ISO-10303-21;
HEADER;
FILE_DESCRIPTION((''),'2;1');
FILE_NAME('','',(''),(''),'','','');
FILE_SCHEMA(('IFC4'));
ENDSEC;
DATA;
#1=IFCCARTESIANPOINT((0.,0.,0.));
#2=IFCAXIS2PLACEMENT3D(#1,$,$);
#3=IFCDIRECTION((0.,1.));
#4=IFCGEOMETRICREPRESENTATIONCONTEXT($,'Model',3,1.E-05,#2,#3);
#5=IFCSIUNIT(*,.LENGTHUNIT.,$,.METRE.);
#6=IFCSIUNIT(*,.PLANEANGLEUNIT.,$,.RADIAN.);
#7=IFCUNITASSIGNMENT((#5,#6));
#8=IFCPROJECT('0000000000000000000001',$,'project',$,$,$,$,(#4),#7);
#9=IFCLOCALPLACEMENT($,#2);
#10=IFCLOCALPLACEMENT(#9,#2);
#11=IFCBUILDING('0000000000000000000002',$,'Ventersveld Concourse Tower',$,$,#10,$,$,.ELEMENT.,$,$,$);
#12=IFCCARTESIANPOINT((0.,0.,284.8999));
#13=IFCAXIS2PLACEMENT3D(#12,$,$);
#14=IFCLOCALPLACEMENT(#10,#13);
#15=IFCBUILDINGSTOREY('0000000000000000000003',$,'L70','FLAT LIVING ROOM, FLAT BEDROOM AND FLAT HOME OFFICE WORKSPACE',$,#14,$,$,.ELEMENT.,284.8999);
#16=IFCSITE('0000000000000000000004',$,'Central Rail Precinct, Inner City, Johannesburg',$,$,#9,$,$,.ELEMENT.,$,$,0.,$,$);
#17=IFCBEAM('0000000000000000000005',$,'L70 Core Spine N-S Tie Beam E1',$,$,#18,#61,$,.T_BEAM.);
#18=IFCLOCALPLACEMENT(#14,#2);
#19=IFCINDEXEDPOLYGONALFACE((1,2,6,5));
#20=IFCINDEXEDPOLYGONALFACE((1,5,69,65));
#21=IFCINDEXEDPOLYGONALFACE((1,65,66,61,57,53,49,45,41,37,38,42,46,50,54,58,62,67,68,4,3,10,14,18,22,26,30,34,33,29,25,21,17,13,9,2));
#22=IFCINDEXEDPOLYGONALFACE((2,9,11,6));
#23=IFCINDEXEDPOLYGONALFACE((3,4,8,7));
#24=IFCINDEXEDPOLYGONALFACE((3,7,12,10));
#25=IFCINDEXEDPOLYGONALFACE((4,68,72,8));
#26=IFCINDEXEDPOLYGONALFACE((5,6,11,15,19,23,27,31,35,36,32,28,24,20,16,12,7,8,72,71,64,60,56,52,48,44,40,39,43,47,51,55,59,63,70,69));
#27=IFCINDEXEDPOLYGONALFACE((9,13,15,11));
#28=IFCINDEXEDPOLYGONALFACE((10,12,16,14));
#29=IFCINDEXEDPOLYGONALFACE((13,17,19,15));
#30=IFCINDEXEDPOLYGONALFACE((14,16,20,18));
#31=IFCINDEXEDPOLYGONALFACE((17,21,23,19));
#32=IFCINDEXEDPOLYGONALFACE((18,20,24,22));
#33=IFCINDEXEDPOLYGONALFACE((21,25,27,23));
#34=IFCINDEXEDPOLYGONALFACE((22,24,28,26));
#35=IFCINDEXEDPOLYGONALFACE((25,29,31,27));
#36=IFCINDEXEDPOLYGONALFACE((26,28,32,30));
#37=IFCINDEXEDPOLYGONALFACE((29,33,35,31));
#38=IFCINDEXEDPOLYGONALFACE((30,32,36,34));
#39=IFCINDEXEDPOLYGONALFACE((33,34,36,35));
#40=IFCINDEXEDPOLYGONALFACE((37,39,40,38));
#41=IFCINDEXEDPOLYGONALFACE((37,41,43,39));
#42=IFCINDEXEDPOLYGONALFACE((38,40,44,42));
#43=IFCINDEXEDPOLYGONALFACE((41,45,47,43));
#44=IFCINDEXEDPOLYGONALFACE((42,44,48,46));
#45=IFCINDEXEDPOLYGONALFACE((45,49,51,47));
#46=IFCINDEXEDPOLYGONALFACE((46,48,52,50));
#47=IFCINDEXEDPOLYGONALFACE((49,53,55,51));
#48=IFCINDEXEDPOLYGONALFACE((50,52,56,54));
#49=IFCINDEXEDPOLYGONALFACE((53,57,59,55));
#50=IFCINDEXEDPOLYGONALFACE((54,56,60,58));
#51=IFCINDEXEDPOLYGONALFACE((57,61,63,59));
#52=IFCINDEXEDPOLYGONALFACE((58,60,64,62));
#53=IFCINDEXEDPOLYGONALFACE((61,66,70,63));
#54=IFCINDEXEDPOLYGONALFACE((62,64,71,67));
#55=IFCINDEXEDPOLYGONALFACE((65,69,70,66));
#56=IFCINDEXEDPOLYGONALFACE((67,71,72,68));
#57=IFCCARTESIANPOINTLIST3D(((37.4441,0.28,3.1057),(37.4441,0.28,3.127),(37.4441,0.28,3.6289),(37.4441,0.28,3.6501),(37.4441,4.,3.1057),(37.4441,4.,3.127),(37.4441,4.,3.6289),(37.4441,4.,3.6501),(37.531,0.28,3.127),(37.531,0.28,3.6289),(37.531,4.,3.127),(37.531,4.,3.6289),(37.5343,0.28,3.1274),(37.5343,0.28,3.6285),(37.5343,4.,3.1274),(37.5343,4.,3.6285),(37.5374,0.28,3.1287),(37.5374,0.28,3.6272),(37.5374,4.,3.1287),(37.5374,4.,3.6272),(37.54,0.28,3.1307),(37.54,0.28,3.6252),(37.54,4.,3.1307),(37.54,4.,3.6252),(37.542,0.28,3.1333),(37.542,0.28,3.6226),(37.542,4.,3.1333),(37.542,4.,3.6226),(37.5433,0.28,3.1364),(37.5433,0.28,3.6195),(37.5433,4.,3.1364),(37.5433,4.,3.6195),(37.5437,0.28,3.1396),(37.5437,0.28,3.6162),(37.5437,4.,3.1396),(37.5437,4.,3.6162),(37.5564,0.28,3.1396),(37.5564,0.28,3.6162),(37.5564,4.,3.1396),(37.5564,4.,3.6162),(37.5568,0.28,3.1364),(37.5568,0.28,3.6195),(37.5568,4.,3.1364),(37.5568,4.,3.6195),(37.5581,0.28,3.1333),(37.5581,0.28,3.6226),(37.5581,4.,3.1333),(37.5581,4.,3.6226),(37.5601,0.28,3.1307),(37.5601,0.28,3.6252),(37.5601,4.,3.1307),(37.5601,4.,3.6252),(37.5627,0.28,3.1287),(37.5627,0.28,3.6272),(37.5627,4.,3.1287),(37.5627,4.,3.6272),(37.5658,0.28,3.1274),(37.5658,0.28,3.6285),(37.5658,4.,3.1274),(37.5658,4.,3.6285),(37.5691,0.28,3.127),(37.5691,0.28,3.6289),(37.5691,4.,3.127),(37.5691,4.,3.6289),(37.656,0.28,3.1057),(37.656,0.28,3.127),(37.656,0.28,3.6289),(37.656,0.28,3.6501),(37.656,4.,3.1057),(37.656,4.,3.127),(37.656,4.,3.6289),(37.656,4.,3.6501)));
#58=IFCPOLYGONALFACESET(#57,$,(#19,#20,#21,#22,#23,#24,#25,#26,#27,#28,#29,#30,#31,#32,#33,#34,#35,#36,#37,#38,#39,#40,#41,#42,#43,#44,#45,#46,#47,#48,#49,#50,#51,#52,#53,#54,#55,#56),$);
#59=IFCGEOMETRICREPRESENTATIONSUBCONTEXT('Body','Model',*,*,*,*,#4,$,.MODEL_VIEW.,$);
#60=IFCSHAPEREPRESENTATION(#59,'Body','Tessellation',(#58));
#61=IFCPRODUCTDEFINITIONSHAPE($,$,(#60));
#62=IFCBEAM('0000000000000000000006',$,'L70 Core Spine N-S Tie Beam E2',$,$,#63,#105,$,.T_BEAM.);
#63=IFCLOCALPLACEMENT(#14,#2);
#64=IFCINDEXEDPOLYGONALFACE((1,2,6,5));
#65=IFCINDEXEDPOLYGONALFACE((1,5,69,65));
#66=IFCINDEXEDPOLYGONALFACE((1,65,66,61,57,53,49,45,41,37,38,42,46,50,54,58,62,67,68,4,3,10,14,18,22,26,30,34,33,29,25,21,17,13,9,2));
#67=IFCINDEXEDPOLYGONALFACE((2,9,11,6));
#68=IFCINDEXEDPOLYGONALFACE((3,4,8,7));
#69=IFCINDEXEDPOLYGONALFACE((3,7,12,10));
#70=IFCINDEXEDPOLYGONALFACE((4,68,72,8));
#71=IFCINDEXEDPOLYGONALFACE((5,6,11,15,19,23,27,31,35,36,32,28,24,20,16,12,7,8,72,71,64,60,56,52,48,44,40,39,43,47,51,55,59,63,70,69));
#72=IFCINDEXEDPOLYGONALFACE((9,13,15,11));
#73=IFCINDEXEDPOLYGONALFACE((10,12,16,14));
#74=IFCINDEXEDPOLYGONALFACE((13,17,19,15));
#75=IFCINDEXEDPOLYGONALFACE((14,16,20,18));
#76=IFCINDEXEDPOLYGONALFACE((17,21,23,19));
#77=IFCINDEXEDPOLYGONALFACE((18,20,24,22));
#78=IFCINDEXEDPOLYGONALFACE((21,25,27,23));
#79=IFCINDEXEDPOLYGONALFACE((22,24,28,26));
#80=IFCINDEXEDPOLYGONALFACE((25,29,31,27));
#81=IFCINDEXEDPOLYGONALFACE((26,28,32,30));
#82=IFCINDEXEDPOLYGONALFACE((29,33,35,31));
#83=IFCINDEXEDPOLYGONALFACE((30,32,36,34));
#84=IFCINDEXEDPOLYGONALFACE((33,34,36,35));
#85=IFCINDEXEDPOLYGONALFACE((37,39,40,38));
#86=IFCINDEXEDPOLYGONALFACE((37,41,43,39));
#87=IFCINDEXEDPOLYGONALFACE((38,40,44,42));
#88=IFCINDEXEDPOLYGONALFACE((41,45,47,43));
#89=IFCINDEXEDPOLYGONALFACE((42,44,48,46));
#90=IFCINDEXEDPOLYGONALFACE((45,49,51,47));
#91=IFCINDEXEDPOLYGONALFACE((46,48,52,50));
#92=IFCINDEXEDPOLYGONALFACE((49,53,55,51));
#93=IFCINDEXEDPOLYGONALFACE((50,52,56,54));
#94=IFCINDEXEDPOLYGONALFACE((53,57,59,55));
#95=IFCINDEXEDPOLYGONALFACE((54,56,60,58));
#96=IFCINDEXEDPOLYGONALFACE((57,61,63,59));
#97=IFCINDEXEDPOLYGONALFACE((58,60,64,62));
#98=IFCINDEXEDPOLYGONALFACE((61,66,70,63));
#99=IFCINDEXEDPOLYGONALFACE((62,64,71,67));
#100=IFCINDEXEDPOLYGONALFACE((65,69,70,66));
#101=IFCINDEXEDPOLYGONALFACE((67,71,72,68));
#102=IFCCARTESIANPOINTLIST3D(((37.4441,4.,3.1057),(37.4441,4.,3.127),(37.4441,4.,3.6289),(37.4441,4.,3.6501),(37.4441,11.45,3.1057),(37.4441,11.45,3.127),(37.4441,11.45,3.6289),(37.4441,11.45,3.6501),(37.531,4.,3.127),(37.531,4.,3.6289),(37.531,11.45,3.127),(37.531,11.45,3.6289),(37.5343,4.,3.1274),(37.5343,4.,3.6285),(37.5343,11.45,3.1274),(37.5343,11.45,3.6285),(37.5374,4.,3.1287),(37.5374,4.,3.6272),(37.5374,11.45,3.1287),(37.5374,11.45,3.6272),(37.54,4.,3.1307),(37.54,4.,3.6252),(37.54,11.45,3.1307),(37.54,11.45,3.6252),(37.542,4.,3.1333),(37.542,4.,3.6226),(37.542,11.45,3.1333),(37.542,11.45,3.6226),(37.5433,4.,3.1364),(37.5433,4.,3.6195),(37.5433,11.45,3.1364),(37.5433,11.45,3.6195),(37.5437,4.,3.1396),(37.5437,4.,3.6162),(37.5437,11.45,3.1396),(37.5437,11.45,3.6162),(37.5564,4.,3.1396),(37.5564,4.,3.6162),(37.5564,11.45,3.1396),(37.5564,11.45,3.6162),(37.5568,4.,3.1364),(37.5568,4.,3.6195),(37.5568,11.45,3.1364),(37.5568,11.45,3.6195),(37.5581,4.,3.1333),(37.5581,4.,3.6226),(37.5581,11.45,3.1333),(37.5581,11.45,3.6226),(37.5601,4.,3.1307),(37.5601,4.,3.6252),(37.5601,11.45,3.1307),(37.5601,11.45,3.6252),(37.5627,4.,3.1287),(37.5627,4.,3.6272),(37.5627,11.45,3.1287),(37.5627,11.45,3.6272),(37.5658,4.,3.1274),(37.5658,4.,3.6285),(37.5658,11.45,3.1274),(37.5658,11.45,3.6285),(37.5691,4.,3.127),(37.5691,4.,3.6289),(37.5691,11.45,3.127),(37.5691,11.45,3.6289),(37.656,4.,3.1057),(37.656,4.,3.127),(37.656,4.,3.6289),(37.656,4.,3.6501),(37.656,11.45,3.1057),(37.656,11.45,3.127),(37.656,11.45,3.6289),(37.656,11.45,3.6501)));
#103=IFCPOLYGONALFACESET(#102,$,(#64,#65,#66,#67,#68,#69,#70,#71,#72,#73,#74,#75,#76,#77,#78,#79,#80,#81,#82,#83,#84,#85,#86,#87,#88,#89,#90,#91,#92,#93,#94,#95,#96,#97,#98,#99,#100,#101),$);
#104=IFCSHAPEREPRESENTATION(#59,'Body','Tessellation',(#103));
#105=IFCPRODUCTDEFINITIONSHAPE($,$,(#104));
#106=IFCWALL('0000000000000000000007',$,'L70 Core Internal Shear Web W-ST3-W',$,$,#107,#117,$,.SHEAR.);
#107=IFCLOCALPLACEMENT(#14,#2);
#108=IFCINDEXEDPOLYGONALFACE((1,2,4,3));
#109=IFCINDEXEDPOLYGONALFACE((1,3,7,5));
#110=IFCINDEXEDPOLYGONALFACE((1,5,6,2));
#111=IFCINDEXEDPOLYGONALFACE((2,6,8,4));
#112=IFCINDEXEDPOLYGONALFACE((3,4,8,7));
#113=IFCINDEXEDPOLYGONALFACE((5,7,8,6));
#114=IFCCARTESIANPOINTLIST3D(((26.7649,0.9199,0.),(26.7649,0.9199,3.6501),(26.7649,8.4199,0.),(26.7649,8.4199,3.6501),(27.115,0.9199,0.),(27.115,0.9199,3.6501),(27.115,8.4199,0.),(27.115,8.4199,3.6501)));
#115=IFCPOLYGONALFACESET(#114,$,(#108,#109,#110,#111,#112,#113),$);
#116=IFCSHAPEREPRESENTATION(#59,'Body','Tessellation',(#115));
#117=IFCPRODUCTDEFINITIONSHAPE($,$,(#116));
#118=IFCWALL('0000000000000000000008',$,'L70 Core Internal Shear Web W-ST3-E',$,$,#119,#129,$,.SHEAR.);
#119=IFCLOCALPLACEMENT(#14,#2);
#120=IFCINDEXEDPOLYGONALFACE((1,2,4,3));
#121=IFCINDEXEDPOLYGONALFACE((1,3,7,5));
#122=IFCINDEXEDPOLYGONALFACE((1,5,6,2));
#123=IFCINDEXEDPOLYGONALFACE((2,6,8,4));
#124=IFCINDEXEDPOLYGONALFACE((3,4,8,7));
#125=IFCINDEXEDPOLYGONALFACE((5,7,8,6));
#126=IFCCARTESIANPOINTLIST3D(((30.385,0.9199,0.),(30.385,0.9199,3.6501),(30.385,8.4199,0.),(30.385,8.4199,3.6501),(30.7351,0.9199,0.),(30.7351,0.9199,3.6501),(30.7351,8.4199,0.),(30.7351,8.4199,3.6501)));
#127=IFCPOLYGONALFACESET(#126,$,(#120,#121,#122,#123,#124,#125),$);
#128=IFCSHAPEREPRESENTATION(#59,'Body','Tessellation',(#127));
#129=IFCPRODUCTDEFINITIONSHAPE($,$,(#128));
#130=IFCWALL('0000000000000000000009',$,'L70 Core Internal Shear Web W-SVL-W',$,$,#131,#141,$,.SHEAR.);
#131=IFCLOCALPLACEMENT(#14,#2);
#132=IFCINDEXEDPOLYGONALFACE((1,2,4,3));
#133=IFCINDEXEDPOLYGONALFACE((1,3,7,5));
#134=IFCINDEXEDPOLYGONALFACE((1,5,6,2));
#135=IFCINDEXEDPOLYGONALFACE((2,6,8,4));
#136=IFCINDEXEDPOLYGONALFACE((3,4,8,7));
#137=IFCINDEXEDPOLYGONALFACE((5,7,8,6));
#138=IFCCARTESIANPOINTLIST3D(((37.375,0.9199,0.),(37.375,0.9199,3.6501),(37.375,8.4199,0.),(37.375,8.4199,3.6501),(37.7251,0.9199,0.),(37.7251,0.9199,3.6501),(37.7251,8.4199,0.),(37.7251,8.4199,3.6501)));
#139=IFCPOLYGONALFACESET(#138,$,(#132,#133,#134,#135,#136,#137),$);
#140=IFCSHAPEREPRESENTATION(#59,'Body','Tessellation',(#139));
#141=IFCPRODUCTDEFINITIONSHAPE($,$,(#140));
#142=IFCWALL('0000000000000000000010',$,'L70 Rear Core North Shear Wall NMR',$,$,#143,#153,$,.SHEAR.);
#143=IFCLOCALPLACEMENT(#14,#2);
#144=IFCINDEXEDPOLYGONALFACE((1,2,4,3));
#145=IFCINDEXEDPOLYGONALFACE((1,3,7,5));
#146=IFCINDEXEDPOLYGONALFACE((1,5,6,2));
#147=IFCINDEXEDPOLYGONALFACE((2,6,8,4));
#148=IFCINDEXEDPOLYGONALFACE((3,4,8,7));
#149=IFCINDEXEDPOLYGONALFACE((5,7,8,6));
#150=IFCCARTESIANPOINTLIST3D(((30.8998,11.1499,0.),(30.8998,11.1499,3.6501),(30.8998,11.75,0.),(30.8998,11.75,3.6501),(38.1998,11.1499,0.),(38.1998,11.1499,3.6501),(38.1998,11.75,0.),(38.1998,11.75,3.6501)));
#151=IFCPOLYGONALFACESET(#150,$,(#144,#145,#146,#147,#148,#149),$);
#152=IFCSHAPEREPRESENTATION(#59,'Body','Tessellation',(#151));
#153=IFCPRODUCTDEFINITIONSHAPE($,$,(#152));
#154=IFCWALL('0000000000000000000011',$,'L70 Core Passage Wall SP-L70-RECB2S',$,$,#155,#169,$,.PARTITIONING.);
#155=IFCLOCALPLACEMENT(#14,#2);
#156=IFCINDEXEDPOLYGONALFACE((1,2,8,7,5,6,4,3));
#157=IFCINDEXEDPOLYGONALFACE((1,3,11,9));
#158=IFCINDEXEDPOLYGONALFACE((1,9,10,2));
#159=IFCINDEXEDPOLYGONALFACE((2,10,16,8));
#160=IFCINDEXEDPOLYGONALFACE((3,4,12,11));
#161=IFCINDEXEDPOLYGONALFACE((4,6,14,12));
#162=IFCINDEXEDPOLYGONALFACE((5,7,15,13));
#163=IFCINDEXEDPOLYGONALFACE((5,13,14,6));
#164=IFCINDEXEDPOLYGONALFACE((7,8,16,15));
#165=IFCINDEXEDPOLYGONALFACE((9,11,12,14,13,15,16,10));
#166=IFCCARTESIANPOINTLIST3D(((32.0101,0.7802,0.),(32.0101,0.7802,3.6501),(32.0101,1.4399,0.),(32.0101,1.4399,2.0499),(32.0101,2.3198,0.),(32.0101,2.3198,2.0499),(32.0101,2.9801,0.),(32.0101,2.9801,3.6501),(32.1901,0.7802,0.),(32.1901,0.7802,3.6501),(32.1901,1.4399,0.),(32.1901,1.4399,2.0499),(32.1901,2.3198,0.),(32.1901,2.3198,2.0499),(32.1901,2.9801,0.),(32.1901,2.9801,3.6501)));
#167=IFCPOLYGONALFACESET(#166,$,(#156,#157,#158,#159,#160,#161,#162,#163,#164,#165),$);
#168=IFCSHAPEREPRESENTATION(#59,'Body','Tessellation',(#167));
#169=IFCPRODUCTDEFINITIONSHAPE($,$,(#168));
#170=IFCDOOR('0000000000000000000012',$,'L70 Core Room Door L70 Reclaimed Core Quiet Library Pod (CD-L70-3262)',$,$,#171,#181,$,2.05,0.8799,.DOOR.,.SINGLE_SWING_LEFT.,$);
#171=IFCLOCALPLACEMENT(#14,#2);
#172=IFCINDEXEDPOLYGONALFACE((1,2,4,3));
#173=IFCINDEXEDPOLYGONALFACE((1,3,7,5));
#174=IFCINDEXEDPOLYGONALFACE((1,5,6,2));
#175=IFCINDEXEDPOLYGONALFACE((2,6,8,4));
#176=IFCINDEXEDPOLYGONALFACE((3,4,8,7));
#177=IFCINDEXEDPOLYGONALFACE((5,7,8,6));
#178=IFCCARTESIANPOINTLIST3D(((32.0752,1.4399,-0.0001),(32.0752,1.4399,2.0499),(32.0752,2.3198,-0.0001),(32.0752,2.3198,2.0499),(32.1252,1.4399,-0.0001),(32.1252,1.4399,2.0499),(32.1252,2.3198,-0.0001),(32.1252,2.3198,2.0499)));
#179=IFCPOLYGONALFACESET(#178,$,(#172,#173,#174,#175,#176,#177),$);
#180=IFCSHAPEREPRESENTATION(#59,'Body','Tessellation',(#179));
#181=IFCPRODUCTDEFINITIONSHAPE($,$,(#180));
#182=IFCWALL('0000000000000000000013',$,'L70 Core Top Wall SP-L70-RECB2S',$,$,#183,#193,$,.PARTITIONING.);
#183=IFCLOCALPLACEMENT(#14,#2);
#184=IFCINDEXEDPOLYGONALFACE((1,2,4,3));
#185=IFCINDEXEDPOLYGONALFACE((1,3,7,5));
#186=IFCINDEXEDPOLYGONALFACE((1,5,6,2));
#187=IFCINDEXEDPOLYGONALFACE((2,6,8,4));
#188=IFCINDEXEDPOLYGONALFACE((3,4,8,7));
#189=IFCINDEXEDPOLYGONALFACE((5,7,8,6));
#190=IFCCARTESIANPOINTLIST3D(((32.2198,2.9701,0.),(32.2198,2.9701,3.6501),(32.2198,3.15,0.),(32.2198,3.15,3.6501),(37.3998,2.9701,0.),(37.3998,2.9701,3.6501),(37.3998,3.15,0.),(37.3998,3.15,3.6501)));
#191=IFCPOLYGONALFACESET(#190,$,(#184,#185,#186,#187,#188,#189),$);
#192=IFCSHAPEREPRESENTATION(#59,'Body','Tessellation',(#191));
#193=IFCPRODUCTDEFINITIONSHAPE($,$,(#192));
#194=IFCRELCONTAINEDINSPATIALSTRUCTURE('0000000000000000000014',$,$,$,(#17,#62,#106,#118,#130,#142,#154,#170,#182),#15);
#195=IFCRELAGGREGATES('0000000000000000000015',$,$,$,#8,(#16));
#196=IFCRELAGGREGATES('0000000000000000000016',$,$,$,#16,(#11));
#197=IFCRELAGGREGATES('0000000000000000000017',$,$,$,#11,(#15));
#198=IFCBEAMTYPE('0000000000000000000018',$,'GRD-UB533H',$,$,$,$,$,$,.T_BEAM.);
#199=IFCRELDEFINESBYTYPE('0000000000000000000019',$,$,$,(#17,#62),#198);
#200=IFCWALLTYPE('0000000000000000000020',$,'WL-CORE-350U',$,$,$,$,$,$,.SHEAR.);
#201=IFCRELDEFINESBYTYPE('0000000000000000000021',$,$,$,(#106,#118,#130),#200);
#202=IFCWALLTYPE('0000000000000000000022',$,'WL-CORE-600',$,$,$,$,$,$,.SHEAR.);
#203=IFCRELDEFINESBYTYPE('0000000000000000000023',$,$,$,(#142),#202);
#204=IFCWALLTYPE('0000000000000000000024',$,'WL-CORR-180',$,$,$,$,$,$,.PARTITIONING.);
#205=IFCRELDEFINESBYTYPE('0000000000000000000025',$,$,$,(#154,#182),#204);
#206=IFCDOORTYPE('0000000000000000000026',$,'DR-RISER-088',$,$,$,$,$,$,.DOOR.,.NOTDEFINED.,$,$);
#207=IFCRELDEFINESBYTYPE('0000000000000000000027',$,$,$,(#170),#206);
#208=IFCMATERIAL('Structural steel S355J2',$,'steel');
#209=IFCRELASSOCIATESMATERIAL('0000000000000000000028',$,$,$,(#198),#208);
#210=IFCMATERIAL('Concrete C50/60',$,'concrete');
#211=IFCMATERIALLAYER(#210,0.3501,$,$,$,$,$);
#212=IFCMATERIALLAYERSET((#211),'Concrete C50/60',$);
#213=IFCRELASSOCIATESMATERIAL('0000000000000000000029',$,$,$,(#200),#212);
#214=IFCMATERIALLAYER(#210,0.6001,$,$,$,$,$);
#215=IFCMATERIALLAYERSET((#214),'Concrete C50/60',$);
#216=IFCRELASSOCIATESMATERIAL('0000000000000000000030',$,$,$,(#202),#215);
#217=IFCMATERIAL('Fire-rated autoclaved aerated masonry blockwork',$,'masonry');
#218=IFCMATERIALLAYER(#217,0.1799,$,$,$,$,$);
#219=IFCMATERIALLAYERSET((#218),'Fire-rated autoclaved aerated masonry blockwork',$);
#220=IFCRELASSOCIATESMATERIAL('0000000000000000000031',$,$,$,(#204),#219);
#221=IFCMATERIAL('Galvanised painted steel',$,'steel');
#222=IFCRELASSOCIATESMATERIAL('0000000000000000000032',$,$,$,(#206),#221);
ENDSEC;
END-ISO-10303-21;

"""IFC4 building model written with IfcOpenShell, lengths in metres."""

from ifc_helpers import new_model, si_unit, direction, frame, frame_2d, origin, origin_2d, place, context, subcontext, project, spatial, rectangle, i_section, extrude, material, layer, layer_set, material_profile, profile_set, type_object, element, fill, save


model = new_model("IFC4")

# Units and contexts
model_context = context("Model", 3, precision=1e-05, world=origin(), true_north=direction((0.0, 1.0)))
body_context = subcontext(model_context, "Body", "Model", "MODEL_VIEW")
ifc_project = project(units=[si_unit("LENGTHUNIT", "METRE"), si_unit("PLANEANGLEUNIT", "RADIAN")], contexts=[model_context])

# Site, building, storey
site_placement = place(None, origin())
site = spatial("IfcSite", under=ifc_project, at=site_placement, Name="Central Rail Precinct, Inner City, Johannesburg", CompositionType="ELEMENT", RefElevation=0.0)
building_placement = place(site_placement, origin())
building = spatial("IfcBuilding", under=site, at=building_placement, Name="Ventersveld Concourse Tower", CompositionType="ELEMENT")
storey_placement = place(building_placement, frame((0.0, 0.0, 284.8999)))
storey = spatial("IfcBuildingStorey", under=building, at=storey_placement, Name="L70", Description="FLAT LIVING ROOM, FLAT BEDROOM AND FLAT HOME OFFICE WORKSPACE", CompositionType="ELEMENT", Elevation=284.8999)

# Shared definitions
ifc_material_1 = material(Name="Concrete C50/60", Category="concrete")

# Beams
ifc_material_2 = material(Name="Structural steel S355J2", Category="steel")
ifc_material_profile_1 = material_profile(ifc_material_2, i_section(OverallWidth=0.2119, OverallDepth=0.5444, WebThickness=0.0127, FlangeThickness=0.0212, FilletRadius=0.0127, at=origin_2d()), Name="UB 533x210x122")
ifc_profile_set_1 = profile_set([ifc_material_profile_1], Name="Structural steel S355J2")
beam_type_1 = type_object("IfcBeamType", Name="GRD-UB533H", PredefinedType="T_BEAM", material=ifc_profile_set_1)
beam_1_placement = place(storey_placement, frame((37.55, 0.28, 3.3779), z_axis=(0.0, 1.0, 0.0), x_axis=(-1.0, 0.0, 0.0)))
element("IfcBeam", 1, at=beam_1_placement, inside=storey, type_object=beam_type_1, Name="L70 Core Spine N-S Tie Beam E1", PredefinedType="T_BEAM", context=body_context, shape_type="SweptSolid", body=[
    extrude(i_section(OverallWidth=0.2119, OverallDepth=0.5444, WebThickness=0.0127, FlangeThickness=0.0212, FilletRadius=0.0127, at=origin_2d()), origin(), (0.0, 0.0, 1.0), 3.72),
])
beam_2_placement = place(storey_placement, frame((37.55, 4.0, 3.3779), z_axis=(0.0, 1.0, 0.0), x_axis=(-1.0, 0.0, 0.0)))
element("IfcBeam", 2, at=beam_2_placement, inside=storey, type_object=beam_type_1, Name="L70 Core Spine N-S Tie Beam E2", PredefinedType="T_BEAM", context=body_context, shape_type="SweptSolid", body=[
    extrude(i_section(OverallWidth=0.2119, OverallDepth=0.5444, WebThickness=0.0127, FlangeThickness=0.0212, FilletRadius=0.0127, at=origin_2d()), origin(), (0.0, 0.0, 1.0), 7.45),
])

# Walls
ifc_layer_1 = layer(ifc_material_1, 0.3501)
ifc_layer_set_1 = layer_set([ifc_layer_1], Name="Concrete C50/60")
wall_type_1 = type_object("IfcWallType", Name="WL-CORE-350U", PredefinedType="SHEAR", material=ifc_layer_set_1)
for number, where, z_axis, x_axis, name in (
    (3, (26.9399, 0.9199, 0.0), (0.0, 0.0, 1.0), (0.0, 1.0, 0.0), "L70 Core Internal Shear Web W-ST3-W"),
    (4, (30.5601, 0.9199, 0.0), (0.0, 0.0, 1.0), (0.0, 1.0, 0.0), "L70 Core Internal Shear Web W-ST3-E"),
    (5, (37.55, 0.9199, 0.0), (0.0, 0.0, 1.0), (0.0, 1.0, 0.0), "L70 Core Internal Shear Web W-SVL-W"),
):
    element("IfcWall", number, at=place(storey_placement, frame(where, z_axis=z_axis, x_axis=x_axis)), inside=storey, type_object=wall_type_1, Name=name, PredefinedType="SHEAR", context=body_context, shape_type="SweptSolid", body=[
        extrude(rectangle(XDim=7.5, YDim=0.3501, at=frame_2d((3.75, 0.0))), origin(), (0.0, 0.0, 1.0), 3.6501),
    ])
ifc_layer_2 = layer(ifc_material_1, 0.6001)
ifc_layer_set_2 = layer_set([ifc_layer_2], Name="Concrete C50/60")
wall_type_2 = type_object("IfcWallType", Name="WL-CORE-600", PredefinedType="SHEAR", material=ifc_layer_set_2)
wall_1_placement = place(storey_placement, frame((30.8999, 11.45, 0.0), z_axis=(0.0, 0.0, 1.0), x_axis=(1.0, 0.0, 0.0)))
element("IfcWall", 6, at=wall_1_placement, inside=storey, type_object=wall_type_2, Name="L70 Rear Core North Shear Wall NMR", PredefinedType="SHEAR", context=body_context, shape_type="SweptSolid", body=[
    extrude(rectangle(XDim=7.3, YDim=0.6001, at=frame_2d((3.6499, 0.0))), origin(), (0.0, 0.0, 1.0), 3.6501),
])

# Wall, opening, door
ifc_material_3 = material(Name="Fire-rated autoclaved aerated masonry blockwork", Category="masonry")
ifc_layer_3 = layer(ifc_material_3, 0.1799)
ifc_layer_set_3 = layer_set([ifc_layer_3], Name="Fire-rated autoclaved aerated masonry blockwork")
wall_type_3 = type_object("IfcWallType", Name="WL-CORR-180", PredefinedType="PARTITIONING", material=ifc_layer_set_3)
wall_2_placement = place(storey_placement, frame((32.1001, 0.78, 0.0), z_axis=(0.0, 0.0, 1.0), x_axis=(0.0, 1.0, 0.0)))
wall_2 = element("IfcWall", 7, at=wall_2_placement, inside=storey, type_object=wall_type_3, Name="L70 Core Passage Wall SP-L70-RECB2S", PredefinedType="PARTITIONING", context=body_context, shape_type="SweptSolid", body=[
    extrude(rectangle(XDim=2.2, YDim=0.1799, at=frame_2d((1.1001, 0.0))), origin(), (0.0, 0.0, 1.0), 3.6501),
])
opening_1_placement = place(wall_2_placement, frame((0.6599, 0.0, 0.0)))
opening_1 = element("IfcOpeningElement", 8, at=opening_1_placement, cuts=wall_2, PredefinedType="OPENING", context=body_context, shape_type="SweptSolid", body=[
    extrude(rectangle(XDim=0.8799, YDim=2.05, at=frame_2d((0.4399, 1.0249))), frame((0.0, 0.1001, 0.0), z_axis=(0.0, -1.0, 0.0), x_axis=(1.0, 0.0, 0.0)), (0.0, 0.0, 1.0), 0.2),
])
ifc_material_4 = material(Name="Galvanised painted steel", Category="steel")
door_type_1 = type_object("IfcDoorType", Name="DR-RISER-088", OperationType="NOTDEFINED", PredefinedType="DOOR", material=ifc_material_4)
door_1_placement = place(opening_1_placement, origin())
door_1 = element("IfcDoor", 9, at=door_1_placement, inside=storey, type_object=door_type_1, Name="L70 Core Room Door L70 Reclaimed Core Quiet Library Pod (CD-L70-3262)", OperationType="SINGLE_SWING_LEFT", OverallHeight=2.05, OverallWidth=0.8799, PredefinedType="DOOR", context=body_context, shape_type="SweptSolid", body=[
    extrude(rectangle(XDim=0.8799, YDim=2.05, at=frame_2d((0.4399, 1.0249))), frame((0.0, 0.0249, 0.0), z_axis=(0.0, -1.0, 0.0), x_axis=(1.0, 0.0, 0.0)), (0.0, 0.0, 1.0), 0.05),
])
fill(opening_1, door_1)

# Wall
wall_3_placement = place(storey_placement, frame((32.22, 3.0601, 0.0), z_axis=(0.0, 0.0, 1.0), x_axis=(1.0, 0.0, 0.0)))
element("IfcWall", 10, at=wall_3_placement, inside=storey, type_object=wall_type_3, Name="L70 Core Top Wall SP-L70-RECB2S", PredefinedType="PARTITIONING", context=body_context, shape_type="SweptSolid", body=[
    extrude(rectangle(XDim=5.1799, YDim=0.1799, at=frame_2d((2.5898, 0.0))), origin(), (0.0, 0.0, 1.0), 3.6501),
])

save(model, "model.ifc")
